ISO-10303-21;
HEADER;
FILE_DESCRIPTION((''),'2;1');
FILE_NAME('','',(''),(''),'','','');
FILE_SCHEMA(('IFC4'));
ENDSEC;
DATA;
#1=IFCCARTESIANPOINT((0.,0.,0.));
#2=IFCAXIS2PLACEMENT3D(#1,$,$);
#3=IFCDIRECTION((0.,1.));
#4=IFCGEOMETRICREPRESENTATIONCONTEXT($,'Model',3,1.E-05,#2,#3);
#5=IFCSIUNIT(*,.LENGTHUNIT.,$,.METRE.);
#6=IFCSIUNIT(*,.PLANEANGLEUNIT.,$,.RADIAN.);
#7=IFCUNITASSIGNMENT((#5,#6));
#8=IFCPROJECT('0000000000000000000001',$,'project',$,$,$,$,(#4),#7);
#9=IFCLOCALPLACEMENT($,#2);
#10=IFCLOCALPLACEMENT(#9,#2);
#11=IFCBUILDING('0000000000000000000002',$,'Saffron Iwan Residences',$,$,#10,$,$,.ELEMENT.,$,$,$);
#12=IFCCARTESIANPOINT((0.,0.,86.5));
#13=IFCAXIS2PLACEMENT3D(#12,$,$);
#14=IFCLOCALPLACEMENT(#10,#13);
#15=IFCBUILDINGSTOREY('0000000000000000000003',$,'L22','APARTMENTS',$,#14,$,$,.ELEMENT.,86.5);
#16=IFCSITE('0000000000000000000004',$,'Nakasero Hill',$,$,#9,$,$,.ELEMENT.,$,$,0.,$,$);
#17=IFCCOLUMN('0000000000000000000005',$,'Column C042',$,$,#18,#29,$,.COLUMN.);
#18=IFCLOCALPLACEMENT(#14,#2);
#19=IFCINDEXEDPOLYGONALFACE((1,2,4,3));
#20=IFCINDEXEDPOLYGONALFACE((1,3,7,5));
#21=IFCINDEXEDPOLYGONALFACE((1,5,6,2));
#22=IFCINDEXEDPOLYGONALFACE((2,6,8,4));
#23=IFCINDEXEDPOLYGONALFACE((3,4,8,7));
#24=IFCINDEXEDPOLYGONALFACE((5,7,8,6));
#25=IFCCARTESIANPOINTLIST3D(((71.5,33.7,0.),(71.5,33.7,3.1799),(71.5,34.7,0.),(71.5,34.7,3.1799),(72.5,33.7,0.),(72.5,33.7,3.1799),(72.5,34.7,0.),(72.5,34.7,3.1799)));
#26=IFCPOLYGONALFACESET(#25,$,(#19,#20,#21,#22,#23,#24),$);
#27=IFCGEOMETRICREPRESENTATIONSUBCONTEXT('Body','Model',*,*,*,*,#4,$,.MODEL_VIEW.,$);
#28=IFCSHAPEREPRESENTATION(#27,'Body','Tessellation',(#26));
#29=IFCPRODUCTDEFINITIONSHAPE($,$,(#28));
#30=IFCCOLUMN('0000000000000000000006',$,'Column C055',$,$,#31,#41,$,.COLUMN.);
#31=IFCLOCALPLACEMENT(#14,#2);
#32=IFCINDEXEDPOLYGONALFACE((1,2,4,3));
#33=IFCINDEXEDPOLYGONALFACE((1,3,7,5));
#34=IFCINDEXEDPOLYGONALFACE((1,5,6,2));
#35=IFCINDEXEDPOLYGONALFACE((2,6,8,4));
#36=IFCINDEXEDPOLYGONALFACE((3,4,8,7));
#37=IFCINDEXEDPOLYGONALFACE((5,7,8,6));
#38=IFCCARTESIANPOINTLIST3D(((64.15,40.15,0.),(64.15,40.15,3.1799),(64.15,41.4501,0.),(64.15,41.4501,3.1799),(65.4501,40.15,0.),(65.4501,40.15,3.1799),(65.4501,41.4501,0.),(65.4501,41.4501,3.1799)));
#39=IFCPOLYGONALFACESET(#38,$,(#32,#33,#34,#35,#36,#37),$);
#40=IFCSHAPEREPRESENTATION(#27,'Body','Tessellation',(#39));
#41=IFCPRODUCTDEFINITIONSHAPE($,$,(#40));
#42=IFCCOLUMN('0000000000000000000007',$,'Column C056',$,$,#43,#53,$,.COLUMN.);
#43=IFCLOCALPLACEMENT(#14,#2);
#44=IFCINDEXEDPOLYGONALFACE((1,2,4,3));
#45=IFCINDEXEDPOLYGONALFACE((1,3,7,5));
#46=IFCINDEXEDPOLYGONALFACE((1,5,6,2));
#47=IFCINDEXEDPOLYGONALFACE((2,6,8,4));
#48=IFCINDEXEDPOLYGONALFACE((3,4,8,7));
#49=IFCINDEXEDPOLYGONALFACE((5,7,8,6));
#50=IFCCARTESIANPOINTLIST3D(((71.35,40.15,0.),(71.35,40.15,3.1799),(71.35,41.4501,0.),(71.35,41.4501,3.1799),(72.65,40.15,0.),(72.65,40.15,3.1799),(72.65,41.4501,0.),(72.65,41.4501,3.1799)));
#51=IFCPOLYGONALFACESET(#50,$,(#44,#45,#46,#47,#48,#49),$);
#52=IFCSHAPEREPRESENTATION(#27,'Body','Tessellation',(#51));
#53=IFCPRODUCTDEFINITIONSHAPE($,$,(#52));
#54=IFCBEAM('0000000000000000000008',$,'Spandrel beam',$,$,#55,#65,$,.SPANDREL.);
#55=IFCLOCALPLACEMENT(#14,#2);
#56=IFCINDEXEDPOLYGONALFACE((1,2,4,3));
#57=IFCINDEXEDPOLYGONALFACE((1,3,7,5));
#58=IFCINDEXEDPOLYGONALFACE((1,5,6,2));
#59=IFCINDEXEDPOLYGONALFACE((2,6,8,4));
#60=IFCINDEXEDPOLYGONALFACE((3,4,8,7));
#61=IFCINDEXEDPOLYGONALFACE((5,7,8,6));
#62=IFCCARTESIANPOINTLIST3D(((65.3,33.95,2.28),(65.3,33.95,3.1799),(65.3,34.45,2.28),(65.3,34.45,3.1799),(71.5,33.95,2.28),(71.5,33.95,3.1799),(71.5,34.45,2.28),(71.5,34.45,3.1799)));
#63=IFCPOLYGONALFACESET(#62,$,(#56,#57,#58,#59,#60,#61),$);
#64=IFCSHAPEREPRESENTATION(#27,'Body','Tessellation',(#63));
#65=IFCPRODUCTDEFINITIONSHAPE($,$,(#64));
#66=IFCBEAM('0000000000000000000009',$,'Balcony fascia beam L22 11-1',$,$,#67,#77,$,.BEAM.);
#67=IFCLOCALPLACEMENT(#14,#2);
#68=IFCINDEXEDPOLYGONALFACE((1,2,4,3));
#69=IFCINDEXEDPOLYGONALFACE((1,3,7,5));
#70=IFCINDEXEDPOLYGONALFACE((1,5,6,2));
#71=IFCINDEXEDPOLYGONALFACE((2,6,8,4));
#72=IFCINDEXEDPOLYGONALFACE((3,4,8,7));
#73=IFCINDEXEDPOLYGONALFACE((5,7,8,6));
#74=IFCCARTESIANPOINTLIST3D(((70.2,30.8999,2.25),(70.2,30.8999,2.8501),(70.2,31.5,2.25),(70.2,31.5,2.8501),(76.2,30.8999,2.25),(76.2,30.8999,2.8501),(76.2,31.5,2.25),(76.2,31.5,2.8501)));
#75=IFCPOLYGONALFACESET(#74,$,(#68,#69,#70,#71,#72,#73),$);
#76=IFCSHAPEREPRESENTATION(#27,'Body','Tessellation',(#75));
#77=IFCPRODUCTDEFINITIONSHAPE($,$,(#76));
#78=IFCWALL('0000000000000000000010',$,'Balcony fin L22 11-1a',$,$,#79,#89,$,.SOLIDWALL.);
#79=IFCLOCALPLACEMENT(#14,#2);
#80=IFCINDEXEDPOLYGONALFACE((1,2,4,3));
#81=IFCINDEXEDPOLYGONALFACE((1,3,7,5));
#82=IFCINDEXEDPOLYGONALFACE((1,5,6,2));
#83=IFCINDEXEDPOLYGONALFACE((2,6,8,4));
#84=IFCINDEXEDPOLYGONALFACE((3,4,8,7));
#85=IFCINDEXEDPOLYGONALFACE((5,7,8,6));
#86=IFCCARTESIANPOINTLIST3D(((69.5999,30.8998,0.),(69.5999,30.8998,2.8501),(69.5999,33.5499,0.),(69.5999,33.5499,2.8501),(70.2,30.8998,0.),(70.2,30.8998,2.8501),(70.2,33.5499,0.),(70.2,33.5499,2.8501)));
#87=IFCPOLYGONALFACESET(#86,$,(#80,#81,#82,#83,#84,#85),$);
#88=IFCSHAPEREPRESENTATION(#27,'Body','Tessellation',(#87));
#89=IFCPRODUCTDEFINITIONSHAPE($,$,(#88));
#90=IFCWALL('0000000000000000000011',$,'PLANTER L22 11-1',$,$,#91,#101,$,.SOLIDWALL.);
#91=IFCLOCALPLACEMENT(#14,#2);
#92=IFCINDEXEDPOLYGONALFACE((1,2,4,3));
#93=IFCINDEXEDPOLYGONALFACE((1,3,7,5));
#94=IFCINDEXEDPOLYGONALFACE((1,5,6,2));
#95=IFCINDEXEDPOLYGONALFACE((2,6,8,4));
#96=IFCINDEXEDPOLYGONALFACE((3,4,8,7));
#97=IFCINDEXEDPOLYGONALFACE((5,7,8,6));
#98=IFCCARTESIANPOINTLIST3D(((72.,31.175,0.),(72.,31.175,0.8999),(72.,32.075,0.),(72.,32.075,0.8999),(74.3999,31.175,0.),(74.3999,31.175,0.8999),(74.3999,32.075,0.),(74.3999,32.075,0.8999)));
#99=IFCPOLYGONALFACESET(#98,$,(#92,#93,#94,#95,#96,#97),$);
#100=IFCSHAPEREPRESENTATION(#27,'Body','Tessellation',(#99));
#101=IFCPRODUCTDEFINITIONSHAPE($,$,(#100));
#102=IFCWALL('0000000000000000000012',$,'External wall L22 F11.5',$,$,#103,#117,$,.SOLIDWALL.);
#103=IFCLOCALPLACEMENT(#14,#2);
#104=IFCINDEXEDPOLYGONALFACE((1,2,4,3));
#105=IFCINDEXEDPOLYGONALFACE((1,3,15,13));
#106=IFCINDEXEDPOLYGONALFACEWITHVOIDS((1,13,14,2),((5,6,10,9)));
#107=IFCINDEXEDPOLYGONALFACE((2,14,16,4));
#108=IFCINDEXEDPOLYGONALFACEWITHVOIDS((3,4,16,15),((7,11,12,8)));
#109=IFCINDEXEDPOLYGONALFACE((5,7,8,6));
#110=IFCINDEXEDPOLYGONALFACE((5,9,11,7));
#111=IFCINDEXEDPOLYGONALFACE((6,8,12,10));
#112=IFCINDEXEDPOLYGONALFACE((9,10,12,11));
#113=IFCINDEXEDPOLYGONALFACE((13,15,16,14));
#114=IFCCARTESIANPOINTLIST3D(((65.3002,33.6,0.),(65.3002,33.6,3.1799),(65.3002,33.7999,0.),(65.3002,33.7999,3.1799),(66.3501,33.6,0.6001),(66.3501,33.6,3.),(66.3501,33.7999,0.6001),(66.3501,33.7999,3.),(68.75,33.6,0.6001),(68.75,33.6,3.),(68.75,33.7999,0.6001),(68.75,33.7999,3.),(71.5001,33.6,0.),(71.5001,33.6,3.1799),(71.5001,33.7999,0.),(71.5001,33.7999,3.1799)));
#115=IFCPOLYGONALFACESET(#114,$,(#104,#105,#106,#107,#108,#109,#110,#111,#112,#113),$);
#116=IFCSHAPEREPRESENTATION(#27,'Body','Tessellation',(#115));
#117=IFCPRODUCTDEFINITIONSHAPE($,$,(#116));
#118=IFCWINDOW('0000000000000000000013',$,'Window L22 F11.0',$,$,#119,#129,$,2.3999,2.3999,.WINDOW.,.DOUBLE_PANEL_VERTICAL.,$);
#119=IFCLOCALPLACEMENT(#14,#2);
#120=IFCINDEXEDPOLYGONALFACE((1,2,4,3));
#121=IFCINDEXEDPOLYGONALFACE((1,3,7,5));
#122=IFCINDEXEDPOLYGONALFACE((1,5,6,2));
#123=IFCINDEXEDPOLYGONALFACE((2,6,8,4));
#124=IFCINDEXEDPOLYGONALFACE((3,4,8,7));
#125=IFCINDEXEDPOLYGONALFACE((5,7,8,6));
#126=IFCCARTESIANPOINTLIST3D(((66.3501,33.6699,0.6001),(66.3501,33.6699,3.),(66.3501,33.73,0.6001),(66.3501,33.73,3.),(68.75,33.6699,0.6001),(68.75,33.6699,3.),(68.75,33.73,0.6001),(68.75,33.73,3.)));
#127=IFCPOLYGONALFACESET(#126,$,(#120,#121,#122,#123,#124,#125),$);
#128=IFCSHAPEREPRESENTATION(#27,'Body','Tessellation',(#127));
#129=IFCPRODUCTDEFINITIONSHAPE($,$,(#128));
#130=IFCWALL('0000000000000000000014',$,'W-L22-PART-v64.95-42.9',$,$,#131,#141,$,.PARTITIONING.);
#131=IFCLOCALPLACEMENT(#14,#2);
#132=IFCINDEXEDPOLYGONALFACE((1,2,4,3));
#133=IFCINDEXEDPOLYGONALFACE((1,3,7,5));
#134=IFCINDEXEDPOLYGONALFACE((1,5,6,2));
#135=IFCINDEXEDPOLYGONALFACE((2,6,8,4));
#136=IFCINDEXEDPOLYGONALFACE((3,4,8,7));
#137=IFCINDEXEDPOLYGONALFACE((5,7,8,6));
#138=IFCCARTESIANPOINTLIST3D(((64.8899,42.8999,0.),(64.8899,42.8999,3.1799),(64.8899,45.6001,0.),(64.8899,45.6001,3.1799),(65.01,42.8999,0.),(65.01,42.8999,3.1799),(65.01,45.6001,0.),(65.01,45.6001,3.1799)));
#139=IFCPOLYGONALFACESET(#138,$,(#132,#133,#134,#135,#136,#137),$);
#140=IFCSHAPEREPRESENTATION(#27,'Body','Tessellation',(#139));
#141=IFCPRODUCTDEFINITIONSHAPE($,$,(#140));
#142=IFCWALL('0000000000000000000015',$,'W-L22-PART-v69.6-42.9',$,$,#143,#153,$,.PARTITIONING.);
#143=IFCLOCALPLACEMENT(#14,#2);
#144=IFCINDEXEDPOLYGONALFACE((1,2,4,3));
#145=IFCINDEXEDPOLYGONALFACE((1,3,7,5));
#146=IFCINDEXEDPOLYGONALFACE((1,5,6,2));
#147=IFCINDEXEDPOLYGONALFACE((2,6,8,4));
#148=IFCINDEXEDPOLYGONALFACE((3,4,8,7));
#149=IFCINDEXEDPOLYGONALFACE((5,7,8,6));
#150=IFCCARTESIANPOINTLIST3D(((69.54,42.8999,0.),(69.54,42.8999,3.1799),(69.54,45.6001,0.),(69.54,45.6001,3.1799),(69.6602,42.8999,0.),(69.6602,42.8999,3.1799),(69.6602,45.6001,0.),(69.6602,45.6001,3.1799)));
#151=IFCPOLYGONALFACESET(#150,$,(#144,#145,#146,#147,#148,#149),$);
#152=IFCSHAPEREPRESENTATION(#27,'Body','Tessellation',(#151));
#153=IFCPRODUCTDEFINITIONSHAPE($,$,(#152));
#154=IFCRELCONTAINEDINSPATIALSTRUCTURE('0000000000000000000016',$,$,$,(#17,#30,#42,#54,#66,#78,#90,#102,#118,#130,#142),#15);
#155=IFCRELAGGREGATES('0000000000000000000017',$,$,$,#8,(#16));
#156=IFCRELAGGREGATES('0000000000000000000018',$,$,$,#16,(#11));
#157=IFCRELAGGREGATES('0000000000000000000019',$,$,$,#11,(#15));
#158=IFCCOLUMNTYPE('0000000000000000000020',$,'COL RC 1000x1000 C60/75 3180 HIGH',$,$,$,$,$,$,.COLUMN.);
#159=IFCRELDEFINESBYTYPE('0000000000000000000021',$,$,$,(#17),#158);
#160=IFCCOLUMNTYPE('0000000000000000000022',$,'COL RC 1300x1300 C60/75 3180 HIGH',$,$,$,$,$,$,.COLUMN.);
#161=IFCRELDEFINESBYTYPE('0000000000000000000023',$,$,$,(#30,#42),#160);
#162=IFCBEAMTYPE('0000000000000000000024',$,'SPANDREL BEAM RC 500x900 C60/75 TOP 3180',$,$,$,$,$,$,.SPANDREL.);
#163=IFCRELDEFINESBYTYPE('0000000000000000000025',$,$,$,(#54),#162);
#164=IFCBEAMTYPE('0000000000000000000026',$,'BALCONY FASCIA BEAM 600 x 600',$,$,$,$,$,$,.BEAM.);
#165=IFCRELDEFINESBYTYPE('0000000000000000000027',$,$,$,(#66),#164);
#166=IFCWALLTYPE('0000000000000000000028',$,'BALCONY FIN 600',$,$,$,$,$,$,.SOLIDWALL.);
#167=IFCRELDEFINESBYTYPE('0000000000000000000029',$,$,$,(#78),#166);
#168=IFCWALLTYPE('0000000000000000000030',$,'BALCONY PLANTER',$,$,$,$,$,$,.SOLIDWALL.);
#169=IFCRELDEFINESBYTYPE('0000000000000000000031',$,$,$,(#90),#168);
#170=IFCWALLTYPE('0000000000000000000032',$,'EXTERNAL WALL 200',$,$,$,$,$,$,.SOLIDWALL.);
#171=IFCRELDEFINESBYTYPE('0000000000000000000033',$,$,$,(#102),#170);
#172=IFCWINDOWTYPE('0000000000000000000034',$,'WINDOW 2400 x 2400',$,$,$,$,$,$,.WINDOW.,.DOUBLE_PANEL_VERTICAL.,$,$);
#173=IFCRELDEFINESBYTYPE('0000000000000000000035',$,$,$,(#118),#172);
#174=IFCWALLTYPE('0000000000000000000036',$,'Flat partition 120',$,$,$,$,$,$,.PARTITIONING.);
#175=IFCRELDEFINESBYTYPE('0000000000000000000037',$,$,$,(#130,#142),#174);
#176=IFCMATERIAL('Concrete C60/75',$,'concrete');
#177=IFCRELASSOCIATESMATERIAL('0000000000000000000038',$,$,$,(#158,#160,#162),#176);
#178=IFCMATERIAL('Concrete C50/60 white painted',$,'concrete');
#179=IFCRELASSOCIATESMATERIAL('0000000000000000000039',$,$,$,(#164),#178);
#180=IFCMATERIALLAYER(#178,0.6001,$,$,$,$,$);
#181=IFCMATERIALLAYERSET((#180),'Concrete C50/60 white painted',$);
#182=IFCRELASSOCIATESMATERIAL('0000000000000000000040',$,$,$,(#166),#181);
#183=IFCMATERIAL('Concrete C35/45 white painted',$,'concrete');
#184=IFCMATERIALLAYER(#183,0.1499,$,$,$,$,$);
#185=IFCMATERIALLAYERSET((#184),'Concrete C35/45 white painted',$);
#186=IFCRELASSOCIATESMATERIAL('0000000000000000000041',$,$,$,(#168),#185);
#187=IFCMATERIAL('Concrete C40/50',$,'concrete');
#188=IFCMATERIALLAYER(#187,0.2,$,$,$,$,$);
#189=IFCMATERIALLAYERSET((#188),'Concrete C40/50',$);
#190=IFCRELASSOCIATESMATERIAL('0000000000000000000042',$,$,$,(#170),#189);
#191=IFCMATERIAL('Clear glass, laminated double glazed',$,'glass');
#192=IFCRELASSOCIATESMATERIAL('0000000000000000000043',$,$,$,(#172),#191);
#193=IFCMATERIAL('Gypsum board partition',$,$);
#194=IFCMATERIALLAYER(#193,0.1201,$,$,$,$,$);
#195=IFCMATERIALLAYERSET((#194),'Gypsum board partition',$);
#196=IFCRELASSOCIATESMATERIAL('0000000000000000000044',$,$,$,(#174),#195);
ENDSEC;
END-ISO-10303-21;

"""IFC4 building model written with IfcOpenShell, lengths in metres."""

from ifc_helpers import new_model, si_unit, direction, frame, frame_2d, origin, origin_2d, place, context, subcontext, project, spatial, rectangle, extrude, source, transform, mapped, material, layer, layer_set, material_profile, profile_set, type_object, element, fill, save


model = new_model("IFC4")

# Units and contexts
model_context = context("Model", 3, precision=1e-05, world=origin(), true_north=direction((0.0, 1.0)))
body_context = subcontext(model_context, "Body", "Model", "MODEL_VIEW")
ifc_project = project(units=[si_unit("LENGTHUNIT", "METRE"), si_unit("PLANEANGLEUNIT", "RADIAN")], contexts=[model_context])

# Site, building, storey
site_placement = place(None, origin())
site = spatial("IfcSite", under=ifc_project, at=site_placement, Name="Nakasero Hill", CompositionType="ELEMENT", RefElevation=0.0)
building_placement = place(site_placement, origin())
building = spatial("IfcBuilding", under=site, at=building_placement, Name="Saffron Iwan Residences", CompositionType="ELEMENT")
storey_placement = place(building_placement, frame((0.0, 0.0, 86.5)))
storey = spatial("IfcBuildingStorey", under=building, at=storey_placement, Name="L22", Description="APARTMENTS", CompositionType="ELEMENT", Elevation=86.5)

# Columns
ifc_material_1 = material(Name="Concrete C60/75", Category="concrete")
ifc_material_profile_1 = material_profile(ifc_material_1, rectangle(XDim=1.0, YDim=1.0, at=origin_2d()), Name="RC 1000x1000")
ifc_profile_set_1 = profile_set([ifc_material_profile_1], Name="Concrete C60/75")
column_type_1 = type_object("IfcColumnType", Name="COL RC 1000x1000 C60/75 3180 HIGH", PredefinedType="COLUMN", material=ifc_profile_set_1)
shared_shape_1 = source(origin(), body_context, "Body", "SweptSolid", [
    extrude(rectangle(XDim=1.0, YDim=1.0, at=origin_2d()), origin(), (0.0, 0.0, 1.0), 3.1799),
])
column_placement = place(storey_placement, frame((72.0, 34.2, 0.0), z_axis=(0.0, 0.0, 1.0), x_axis=(1.0, 0.0, 0.0)))
element("IfcColumn", 1, at=column_placement, inside=storey, type_object=column_type_1, Name="Column C042", PredefinedType="COLUMN", context=body_context, shape_type="MappedRepresentation", body=[
    mapped(shared_shape_1, transform((0.0, 0.0, 0.0))),
])
ifc_material_profile_2 = material_profile(ifc_material_1, rectangle(XDim=1.3, YDim=1.3, at=origin_2d()), Name="RC 1300x1300")
ifc_profile_set_2 = profile_set([ifc_material_profile_2], Name="Concrete C60/75")
column_type_2 = type_object("IfcColumnType", Name="COL RC 1300x1300 C60/75 3180 HIGH", PredefinedType="COLUMN", material=ifc_profile_set_2)
shared_shape_2 = source(origin(), body_context, "Body", "SweptSolid", [
    extrude(rectangle(XDim=1.3, YDim=1.3, at=origin_2d()), origin(), (0.0, 0.0, 1.0), 3.1799),
])
for number, where, z_axis, x_axis, name in (
    (2, (64.8, 40.8, 0.0), (0.0, 0.0, 1.0), (1.0, 0.0, 0.0), "Column C055"),
    (3, (72.0, 40.8, 0.0), (0.0, 0.0, 1.0), (1.0, 0.0, 0.0), "Column C056"),
):
    element("IfcColumn", number, at=place(storey_placement, frame(where, z_axis=z_axis, x_axis=x_axis)), inside=storey, type_object=column_type_2, Name=name, PredefinedType="COLUMN", context=body_context, shape_type="MappedRepresentation", body=[
        mapped(shared_shape_2, transform((0.0, 0.0, 0.0))),
    ])

# Beams
ifc_material_profile_3 = material_profile(ifc_material_1, rectangle(XDim=0.5, YDim=0.8999, at=origin_2d()), Name="RC 500x900")
ifc_profile_set_3 = profile_set([ifc_material_profile_3], Name="Concrete C60/75")
beam_type_1 = type_object("IfcBeamType", Name="SPANDREL BEAM RC 500x900 C60/75 TOP 3180", PredefinedType="SPANDREL", material=ifc_profile_set_3)
shared_shape_3 = source(origin(), body_context, "Body", "SweptSolid", [
    extrude(rectangle(XDim=0.5, YDim=0.8999, at=origin_2d()), origin(), (0.0, 0.0, 1.0), 6.2),
])
beam_1_placement = place(storey_placement, frame((71.5, 34.2, 2.73), z_axis=(-1.0, 0.0, 0.0), x_axis=(0.0, -1.0, 0.0)))
element("IfcBeam", 4, at=beam_1_placement, inside=storey, type_object=beam_type_1, Name="Spandrel beam", PredefinedType="SPANDREL", context=body_context, shape_type="MappedRepresentation", body=[
    mapped(shared_shape_3, transform((0.0, 0.0, 0.0))),
])
ifc_material_2 = material(Name="Concrete C50/60 white painted", Category="concrete")
ifc_material_profile_4 = material_profile(ifc_material_2, rectangle(XDim=0.6001, YDim=0.6001, at=origin_2d()), Name="BALCONY FASCIA BEAM 600 x 600")
ifc_profile_set_4 = profile_set([ifc_material_profile_4], Name="Concrete C50/60 white painted")
beam_type_2 = type_object("IfcBeamType", Name="BALCONY FASCIA BEAM 600 x 600", PredefinedType="BEAM", material=ifc_profile_set_4)
shared_shape_4 = source(origin(), body_context, "Body", "SweptSolid", [
    extrude(rectangle(XDim=0.6001, YDim=0.6001, at=origin_2d()), origin(), (0.0, 0.0, 1.0), 6.0),
])
beam_2_placement = place(storey_placement, frame((70.2, 31.2, 2.55), z_axis=(1.0, 0.0, 0.0), x_axis=(0.0, 1.0, 0.0)))
element("IfcBeam", 5, at=beam_2_placement, inside=storey, type_object=beam_type_2, Name="Balcony fascia beam L22 11-1", PredefinedType="BEAM", context=body_context, shape_type="MappedRepresentation", body=[
    mapped(shared_shape_4, transform((0.0, 0.0, 0.0))),
])

# Walls
ifc_layer_1 = layer(ifc_material_2, 0.6001)
ifc_layer_set_1 = layer_set([ifc_layer_1], Name="Concrete C50/60 white painted")
wall_type_1 = type_object("IfcWallType", Name="BALCONY FIN 600", PredefinedType="SOLIDWALL", material=ifc_layer_set_1)
wall_1_placement = place(storey_placement, frame((69.8999, 33.55, 0.0), z_axis=(0.0, 0.0, 1.0), x_axis=(0.0, -1.0, 0.0)))
element("IfcWall", 6, at=wall_1_placement, inside=storey, type_object=wall_type_1, Name="Balcony fin L22 11-1a", PredefinedType="SOLIDWALL", context=body_context, shape_type="SweptSolid", body=[
    extrude(rectangle(XDim=2.6501, YDim=0.6001, at=frame_2d((1.3252, 0.0))), origin(), (0.0, 0.0, 1.0), 2.8501),
])
ifc_material_3 = material(Name="Concrete C35/45 white painted", Category="concrete")
ifc_layer_2 = layer(ifc_material_3, 0.1499)
ifc_layer_set_2 = layer_set([ifc_layer_2], Name="Concrete C35/45 white painted")
wall_type_2 = type_object("IfcWallType", Name="BALCONY PLANTER", PredefinedType="SOLIDWALL", material=ifc_layer_set_2)
wall_2_placement = place(storey_placement, frame((72.0, 31.625, 0.0), z_axis=(0.0, 0.0, 1.0), x_axis=(1.0, 0.0, 0.0)))
element("IfcWall", 7, at=wall_2_placement, inside=storey, type_object=wall_type_2, Name="PLANTER L22 11-1", PredefinedType="SOLIDWALL", context=body_context, shape_type="SweptSolid", body=[
    extrude(rectangle(XDim=2.3999, YDim=0.8999, at=frame_2d((1.2, 0.0))), origin(), (0.0, 0.0, 1.0), 0.8999),
])

# Wall, opening, window
ifc_material_4 = material(Name="Concrete C40/50", Category="concrete")
ifc_layer_3 = layer(ifc_material_4, 0.2)
ifc_layer_set_3 = layer_set([ifc_layer_3], Name="Concrete C40/50")
wall_type_3 = type_object("IfcWallType", Name="EXTERNAL WALL 200", PredefinedType="SOLIDWALL", material=ifc_layer_set_3)
wall_3_placement = place(storey_placement, frame((65.3, 33.7, 0.0), z_axis=(0.0, 0.0, 1.0), x_axis=(1.0, 0.0, 0.0)))
wall_3 = element("IfcWall", 8, at=wall_3_placement, inside=storey, type_object=wall_type_3, Name="External wall L22 F11.5", PredefinedType="SOLIDWALL", context=body_context, shape_type="SweptSolid", body=[
    extrude(rectangle(XDim=6.2, YDim=0.2, at=frame_2d((3.1001, 0.0))), origin(), (0.0, 0.0, 1.0), 3.1799),
])
opening_1_placement = place(wall_3_placement, frame((1.05, 0.0, 0.6001)))
opening_1 = element("IfcOpeningElement", 9, at=opening_1_placement, cuts=wall_3, PredefinedType="OPENING", context=body_context, shape_type="SweptSolid", body=[
    extrude(rectangle(XDim=2.3999, YDim=2.3999, at=frame_2d((1.2, 1.2))), frame((0.0, 0.1099, 0.0), z_axis=(0.0, -1.0, 0.0), x_axis=(1.0, 0.0, 0.0)), (0.0, 0.0, 1.0), 0.22),
])
ifc_material_5 = material(Name="Clear glass, laminated double glazed", Category="glass")
window_type_1 = type_object("IfcWindowType", Name="WINDOW 2400 x 2400", PartitioningType="DOUBLE_PANEL_VERTICAL", PredefinedType="WINDOW", material=ifc_material_5)
window_1_placement = place(opening_1_placement, origin())
window_1 = element("IfcWindow", 10, at=window_1_placement, inside=storey, type_object=window_type_1, Name="Window L22 F11.0", OverallHeight=2.3999, OverallWidth=2.3999, PartitioningType="DOUBLE_PANEL_VERTICAL", PredefinedType="WINDOW", context=body_context, shape_type="SweptSolid", body=[
    extrude(rectangle(XDim=2.3999, YDim=2.3999, at=frame_2d((1.2, 1.2))), frame((0.0, 0.03, 0.0), z_axis=(0.0, -1.0, 0.0), x_axis=(1.0, 0.0, 0.0)), (0.0, 0.0, 1.0), 0.0601),
])
fill(opening_1, window_1)

# Walls
ifc_material_6 = material(Name="Gypsum board partition")
ifc_layer_4 = layer(ifc_material_6, 0.1201)
ifc_layer_set_4 = layer_set([ifc_layer_4], Name="Gypsum board partition")
wall_type_4 = type_object("IfcWallType", Name="Flat partition 120", PredefinedType="PARTITIONING", material=ifc_layer_set_4)
for number, where, z_axis, x_axis, name in (
    (11, (64.95, 42.8999, 0.0), (0.0, 0.0, 1.0), (0.0, 1.0, 0.0), "W-L22-PART-v64.95-42.9"),
    (12, (69.6001, 42.8999, 0.0), (0.0, 0.0, 1.0), (0.0, 1.0, 0.0), "W-L22-PART-v69.6-42.9"),
):
    element("IfcWall", number, at=place(storey_placement, frame(where, z_axis=z_axis, x_axis=x_axis)), inside=storey, type_object=wall_type_4, Name=name, PredefinedType="PARTITIONING", context=body_context, shape_type="SweptSolid", body=[
        extrude(rectangle(XDim=2.7002, YDim=0.1201, at=frame_2d((1.3501, 0.0))), origin(), (0.0, 0.0, 1.0), 3.1799),
    ])

save(model, "model.ifc")
